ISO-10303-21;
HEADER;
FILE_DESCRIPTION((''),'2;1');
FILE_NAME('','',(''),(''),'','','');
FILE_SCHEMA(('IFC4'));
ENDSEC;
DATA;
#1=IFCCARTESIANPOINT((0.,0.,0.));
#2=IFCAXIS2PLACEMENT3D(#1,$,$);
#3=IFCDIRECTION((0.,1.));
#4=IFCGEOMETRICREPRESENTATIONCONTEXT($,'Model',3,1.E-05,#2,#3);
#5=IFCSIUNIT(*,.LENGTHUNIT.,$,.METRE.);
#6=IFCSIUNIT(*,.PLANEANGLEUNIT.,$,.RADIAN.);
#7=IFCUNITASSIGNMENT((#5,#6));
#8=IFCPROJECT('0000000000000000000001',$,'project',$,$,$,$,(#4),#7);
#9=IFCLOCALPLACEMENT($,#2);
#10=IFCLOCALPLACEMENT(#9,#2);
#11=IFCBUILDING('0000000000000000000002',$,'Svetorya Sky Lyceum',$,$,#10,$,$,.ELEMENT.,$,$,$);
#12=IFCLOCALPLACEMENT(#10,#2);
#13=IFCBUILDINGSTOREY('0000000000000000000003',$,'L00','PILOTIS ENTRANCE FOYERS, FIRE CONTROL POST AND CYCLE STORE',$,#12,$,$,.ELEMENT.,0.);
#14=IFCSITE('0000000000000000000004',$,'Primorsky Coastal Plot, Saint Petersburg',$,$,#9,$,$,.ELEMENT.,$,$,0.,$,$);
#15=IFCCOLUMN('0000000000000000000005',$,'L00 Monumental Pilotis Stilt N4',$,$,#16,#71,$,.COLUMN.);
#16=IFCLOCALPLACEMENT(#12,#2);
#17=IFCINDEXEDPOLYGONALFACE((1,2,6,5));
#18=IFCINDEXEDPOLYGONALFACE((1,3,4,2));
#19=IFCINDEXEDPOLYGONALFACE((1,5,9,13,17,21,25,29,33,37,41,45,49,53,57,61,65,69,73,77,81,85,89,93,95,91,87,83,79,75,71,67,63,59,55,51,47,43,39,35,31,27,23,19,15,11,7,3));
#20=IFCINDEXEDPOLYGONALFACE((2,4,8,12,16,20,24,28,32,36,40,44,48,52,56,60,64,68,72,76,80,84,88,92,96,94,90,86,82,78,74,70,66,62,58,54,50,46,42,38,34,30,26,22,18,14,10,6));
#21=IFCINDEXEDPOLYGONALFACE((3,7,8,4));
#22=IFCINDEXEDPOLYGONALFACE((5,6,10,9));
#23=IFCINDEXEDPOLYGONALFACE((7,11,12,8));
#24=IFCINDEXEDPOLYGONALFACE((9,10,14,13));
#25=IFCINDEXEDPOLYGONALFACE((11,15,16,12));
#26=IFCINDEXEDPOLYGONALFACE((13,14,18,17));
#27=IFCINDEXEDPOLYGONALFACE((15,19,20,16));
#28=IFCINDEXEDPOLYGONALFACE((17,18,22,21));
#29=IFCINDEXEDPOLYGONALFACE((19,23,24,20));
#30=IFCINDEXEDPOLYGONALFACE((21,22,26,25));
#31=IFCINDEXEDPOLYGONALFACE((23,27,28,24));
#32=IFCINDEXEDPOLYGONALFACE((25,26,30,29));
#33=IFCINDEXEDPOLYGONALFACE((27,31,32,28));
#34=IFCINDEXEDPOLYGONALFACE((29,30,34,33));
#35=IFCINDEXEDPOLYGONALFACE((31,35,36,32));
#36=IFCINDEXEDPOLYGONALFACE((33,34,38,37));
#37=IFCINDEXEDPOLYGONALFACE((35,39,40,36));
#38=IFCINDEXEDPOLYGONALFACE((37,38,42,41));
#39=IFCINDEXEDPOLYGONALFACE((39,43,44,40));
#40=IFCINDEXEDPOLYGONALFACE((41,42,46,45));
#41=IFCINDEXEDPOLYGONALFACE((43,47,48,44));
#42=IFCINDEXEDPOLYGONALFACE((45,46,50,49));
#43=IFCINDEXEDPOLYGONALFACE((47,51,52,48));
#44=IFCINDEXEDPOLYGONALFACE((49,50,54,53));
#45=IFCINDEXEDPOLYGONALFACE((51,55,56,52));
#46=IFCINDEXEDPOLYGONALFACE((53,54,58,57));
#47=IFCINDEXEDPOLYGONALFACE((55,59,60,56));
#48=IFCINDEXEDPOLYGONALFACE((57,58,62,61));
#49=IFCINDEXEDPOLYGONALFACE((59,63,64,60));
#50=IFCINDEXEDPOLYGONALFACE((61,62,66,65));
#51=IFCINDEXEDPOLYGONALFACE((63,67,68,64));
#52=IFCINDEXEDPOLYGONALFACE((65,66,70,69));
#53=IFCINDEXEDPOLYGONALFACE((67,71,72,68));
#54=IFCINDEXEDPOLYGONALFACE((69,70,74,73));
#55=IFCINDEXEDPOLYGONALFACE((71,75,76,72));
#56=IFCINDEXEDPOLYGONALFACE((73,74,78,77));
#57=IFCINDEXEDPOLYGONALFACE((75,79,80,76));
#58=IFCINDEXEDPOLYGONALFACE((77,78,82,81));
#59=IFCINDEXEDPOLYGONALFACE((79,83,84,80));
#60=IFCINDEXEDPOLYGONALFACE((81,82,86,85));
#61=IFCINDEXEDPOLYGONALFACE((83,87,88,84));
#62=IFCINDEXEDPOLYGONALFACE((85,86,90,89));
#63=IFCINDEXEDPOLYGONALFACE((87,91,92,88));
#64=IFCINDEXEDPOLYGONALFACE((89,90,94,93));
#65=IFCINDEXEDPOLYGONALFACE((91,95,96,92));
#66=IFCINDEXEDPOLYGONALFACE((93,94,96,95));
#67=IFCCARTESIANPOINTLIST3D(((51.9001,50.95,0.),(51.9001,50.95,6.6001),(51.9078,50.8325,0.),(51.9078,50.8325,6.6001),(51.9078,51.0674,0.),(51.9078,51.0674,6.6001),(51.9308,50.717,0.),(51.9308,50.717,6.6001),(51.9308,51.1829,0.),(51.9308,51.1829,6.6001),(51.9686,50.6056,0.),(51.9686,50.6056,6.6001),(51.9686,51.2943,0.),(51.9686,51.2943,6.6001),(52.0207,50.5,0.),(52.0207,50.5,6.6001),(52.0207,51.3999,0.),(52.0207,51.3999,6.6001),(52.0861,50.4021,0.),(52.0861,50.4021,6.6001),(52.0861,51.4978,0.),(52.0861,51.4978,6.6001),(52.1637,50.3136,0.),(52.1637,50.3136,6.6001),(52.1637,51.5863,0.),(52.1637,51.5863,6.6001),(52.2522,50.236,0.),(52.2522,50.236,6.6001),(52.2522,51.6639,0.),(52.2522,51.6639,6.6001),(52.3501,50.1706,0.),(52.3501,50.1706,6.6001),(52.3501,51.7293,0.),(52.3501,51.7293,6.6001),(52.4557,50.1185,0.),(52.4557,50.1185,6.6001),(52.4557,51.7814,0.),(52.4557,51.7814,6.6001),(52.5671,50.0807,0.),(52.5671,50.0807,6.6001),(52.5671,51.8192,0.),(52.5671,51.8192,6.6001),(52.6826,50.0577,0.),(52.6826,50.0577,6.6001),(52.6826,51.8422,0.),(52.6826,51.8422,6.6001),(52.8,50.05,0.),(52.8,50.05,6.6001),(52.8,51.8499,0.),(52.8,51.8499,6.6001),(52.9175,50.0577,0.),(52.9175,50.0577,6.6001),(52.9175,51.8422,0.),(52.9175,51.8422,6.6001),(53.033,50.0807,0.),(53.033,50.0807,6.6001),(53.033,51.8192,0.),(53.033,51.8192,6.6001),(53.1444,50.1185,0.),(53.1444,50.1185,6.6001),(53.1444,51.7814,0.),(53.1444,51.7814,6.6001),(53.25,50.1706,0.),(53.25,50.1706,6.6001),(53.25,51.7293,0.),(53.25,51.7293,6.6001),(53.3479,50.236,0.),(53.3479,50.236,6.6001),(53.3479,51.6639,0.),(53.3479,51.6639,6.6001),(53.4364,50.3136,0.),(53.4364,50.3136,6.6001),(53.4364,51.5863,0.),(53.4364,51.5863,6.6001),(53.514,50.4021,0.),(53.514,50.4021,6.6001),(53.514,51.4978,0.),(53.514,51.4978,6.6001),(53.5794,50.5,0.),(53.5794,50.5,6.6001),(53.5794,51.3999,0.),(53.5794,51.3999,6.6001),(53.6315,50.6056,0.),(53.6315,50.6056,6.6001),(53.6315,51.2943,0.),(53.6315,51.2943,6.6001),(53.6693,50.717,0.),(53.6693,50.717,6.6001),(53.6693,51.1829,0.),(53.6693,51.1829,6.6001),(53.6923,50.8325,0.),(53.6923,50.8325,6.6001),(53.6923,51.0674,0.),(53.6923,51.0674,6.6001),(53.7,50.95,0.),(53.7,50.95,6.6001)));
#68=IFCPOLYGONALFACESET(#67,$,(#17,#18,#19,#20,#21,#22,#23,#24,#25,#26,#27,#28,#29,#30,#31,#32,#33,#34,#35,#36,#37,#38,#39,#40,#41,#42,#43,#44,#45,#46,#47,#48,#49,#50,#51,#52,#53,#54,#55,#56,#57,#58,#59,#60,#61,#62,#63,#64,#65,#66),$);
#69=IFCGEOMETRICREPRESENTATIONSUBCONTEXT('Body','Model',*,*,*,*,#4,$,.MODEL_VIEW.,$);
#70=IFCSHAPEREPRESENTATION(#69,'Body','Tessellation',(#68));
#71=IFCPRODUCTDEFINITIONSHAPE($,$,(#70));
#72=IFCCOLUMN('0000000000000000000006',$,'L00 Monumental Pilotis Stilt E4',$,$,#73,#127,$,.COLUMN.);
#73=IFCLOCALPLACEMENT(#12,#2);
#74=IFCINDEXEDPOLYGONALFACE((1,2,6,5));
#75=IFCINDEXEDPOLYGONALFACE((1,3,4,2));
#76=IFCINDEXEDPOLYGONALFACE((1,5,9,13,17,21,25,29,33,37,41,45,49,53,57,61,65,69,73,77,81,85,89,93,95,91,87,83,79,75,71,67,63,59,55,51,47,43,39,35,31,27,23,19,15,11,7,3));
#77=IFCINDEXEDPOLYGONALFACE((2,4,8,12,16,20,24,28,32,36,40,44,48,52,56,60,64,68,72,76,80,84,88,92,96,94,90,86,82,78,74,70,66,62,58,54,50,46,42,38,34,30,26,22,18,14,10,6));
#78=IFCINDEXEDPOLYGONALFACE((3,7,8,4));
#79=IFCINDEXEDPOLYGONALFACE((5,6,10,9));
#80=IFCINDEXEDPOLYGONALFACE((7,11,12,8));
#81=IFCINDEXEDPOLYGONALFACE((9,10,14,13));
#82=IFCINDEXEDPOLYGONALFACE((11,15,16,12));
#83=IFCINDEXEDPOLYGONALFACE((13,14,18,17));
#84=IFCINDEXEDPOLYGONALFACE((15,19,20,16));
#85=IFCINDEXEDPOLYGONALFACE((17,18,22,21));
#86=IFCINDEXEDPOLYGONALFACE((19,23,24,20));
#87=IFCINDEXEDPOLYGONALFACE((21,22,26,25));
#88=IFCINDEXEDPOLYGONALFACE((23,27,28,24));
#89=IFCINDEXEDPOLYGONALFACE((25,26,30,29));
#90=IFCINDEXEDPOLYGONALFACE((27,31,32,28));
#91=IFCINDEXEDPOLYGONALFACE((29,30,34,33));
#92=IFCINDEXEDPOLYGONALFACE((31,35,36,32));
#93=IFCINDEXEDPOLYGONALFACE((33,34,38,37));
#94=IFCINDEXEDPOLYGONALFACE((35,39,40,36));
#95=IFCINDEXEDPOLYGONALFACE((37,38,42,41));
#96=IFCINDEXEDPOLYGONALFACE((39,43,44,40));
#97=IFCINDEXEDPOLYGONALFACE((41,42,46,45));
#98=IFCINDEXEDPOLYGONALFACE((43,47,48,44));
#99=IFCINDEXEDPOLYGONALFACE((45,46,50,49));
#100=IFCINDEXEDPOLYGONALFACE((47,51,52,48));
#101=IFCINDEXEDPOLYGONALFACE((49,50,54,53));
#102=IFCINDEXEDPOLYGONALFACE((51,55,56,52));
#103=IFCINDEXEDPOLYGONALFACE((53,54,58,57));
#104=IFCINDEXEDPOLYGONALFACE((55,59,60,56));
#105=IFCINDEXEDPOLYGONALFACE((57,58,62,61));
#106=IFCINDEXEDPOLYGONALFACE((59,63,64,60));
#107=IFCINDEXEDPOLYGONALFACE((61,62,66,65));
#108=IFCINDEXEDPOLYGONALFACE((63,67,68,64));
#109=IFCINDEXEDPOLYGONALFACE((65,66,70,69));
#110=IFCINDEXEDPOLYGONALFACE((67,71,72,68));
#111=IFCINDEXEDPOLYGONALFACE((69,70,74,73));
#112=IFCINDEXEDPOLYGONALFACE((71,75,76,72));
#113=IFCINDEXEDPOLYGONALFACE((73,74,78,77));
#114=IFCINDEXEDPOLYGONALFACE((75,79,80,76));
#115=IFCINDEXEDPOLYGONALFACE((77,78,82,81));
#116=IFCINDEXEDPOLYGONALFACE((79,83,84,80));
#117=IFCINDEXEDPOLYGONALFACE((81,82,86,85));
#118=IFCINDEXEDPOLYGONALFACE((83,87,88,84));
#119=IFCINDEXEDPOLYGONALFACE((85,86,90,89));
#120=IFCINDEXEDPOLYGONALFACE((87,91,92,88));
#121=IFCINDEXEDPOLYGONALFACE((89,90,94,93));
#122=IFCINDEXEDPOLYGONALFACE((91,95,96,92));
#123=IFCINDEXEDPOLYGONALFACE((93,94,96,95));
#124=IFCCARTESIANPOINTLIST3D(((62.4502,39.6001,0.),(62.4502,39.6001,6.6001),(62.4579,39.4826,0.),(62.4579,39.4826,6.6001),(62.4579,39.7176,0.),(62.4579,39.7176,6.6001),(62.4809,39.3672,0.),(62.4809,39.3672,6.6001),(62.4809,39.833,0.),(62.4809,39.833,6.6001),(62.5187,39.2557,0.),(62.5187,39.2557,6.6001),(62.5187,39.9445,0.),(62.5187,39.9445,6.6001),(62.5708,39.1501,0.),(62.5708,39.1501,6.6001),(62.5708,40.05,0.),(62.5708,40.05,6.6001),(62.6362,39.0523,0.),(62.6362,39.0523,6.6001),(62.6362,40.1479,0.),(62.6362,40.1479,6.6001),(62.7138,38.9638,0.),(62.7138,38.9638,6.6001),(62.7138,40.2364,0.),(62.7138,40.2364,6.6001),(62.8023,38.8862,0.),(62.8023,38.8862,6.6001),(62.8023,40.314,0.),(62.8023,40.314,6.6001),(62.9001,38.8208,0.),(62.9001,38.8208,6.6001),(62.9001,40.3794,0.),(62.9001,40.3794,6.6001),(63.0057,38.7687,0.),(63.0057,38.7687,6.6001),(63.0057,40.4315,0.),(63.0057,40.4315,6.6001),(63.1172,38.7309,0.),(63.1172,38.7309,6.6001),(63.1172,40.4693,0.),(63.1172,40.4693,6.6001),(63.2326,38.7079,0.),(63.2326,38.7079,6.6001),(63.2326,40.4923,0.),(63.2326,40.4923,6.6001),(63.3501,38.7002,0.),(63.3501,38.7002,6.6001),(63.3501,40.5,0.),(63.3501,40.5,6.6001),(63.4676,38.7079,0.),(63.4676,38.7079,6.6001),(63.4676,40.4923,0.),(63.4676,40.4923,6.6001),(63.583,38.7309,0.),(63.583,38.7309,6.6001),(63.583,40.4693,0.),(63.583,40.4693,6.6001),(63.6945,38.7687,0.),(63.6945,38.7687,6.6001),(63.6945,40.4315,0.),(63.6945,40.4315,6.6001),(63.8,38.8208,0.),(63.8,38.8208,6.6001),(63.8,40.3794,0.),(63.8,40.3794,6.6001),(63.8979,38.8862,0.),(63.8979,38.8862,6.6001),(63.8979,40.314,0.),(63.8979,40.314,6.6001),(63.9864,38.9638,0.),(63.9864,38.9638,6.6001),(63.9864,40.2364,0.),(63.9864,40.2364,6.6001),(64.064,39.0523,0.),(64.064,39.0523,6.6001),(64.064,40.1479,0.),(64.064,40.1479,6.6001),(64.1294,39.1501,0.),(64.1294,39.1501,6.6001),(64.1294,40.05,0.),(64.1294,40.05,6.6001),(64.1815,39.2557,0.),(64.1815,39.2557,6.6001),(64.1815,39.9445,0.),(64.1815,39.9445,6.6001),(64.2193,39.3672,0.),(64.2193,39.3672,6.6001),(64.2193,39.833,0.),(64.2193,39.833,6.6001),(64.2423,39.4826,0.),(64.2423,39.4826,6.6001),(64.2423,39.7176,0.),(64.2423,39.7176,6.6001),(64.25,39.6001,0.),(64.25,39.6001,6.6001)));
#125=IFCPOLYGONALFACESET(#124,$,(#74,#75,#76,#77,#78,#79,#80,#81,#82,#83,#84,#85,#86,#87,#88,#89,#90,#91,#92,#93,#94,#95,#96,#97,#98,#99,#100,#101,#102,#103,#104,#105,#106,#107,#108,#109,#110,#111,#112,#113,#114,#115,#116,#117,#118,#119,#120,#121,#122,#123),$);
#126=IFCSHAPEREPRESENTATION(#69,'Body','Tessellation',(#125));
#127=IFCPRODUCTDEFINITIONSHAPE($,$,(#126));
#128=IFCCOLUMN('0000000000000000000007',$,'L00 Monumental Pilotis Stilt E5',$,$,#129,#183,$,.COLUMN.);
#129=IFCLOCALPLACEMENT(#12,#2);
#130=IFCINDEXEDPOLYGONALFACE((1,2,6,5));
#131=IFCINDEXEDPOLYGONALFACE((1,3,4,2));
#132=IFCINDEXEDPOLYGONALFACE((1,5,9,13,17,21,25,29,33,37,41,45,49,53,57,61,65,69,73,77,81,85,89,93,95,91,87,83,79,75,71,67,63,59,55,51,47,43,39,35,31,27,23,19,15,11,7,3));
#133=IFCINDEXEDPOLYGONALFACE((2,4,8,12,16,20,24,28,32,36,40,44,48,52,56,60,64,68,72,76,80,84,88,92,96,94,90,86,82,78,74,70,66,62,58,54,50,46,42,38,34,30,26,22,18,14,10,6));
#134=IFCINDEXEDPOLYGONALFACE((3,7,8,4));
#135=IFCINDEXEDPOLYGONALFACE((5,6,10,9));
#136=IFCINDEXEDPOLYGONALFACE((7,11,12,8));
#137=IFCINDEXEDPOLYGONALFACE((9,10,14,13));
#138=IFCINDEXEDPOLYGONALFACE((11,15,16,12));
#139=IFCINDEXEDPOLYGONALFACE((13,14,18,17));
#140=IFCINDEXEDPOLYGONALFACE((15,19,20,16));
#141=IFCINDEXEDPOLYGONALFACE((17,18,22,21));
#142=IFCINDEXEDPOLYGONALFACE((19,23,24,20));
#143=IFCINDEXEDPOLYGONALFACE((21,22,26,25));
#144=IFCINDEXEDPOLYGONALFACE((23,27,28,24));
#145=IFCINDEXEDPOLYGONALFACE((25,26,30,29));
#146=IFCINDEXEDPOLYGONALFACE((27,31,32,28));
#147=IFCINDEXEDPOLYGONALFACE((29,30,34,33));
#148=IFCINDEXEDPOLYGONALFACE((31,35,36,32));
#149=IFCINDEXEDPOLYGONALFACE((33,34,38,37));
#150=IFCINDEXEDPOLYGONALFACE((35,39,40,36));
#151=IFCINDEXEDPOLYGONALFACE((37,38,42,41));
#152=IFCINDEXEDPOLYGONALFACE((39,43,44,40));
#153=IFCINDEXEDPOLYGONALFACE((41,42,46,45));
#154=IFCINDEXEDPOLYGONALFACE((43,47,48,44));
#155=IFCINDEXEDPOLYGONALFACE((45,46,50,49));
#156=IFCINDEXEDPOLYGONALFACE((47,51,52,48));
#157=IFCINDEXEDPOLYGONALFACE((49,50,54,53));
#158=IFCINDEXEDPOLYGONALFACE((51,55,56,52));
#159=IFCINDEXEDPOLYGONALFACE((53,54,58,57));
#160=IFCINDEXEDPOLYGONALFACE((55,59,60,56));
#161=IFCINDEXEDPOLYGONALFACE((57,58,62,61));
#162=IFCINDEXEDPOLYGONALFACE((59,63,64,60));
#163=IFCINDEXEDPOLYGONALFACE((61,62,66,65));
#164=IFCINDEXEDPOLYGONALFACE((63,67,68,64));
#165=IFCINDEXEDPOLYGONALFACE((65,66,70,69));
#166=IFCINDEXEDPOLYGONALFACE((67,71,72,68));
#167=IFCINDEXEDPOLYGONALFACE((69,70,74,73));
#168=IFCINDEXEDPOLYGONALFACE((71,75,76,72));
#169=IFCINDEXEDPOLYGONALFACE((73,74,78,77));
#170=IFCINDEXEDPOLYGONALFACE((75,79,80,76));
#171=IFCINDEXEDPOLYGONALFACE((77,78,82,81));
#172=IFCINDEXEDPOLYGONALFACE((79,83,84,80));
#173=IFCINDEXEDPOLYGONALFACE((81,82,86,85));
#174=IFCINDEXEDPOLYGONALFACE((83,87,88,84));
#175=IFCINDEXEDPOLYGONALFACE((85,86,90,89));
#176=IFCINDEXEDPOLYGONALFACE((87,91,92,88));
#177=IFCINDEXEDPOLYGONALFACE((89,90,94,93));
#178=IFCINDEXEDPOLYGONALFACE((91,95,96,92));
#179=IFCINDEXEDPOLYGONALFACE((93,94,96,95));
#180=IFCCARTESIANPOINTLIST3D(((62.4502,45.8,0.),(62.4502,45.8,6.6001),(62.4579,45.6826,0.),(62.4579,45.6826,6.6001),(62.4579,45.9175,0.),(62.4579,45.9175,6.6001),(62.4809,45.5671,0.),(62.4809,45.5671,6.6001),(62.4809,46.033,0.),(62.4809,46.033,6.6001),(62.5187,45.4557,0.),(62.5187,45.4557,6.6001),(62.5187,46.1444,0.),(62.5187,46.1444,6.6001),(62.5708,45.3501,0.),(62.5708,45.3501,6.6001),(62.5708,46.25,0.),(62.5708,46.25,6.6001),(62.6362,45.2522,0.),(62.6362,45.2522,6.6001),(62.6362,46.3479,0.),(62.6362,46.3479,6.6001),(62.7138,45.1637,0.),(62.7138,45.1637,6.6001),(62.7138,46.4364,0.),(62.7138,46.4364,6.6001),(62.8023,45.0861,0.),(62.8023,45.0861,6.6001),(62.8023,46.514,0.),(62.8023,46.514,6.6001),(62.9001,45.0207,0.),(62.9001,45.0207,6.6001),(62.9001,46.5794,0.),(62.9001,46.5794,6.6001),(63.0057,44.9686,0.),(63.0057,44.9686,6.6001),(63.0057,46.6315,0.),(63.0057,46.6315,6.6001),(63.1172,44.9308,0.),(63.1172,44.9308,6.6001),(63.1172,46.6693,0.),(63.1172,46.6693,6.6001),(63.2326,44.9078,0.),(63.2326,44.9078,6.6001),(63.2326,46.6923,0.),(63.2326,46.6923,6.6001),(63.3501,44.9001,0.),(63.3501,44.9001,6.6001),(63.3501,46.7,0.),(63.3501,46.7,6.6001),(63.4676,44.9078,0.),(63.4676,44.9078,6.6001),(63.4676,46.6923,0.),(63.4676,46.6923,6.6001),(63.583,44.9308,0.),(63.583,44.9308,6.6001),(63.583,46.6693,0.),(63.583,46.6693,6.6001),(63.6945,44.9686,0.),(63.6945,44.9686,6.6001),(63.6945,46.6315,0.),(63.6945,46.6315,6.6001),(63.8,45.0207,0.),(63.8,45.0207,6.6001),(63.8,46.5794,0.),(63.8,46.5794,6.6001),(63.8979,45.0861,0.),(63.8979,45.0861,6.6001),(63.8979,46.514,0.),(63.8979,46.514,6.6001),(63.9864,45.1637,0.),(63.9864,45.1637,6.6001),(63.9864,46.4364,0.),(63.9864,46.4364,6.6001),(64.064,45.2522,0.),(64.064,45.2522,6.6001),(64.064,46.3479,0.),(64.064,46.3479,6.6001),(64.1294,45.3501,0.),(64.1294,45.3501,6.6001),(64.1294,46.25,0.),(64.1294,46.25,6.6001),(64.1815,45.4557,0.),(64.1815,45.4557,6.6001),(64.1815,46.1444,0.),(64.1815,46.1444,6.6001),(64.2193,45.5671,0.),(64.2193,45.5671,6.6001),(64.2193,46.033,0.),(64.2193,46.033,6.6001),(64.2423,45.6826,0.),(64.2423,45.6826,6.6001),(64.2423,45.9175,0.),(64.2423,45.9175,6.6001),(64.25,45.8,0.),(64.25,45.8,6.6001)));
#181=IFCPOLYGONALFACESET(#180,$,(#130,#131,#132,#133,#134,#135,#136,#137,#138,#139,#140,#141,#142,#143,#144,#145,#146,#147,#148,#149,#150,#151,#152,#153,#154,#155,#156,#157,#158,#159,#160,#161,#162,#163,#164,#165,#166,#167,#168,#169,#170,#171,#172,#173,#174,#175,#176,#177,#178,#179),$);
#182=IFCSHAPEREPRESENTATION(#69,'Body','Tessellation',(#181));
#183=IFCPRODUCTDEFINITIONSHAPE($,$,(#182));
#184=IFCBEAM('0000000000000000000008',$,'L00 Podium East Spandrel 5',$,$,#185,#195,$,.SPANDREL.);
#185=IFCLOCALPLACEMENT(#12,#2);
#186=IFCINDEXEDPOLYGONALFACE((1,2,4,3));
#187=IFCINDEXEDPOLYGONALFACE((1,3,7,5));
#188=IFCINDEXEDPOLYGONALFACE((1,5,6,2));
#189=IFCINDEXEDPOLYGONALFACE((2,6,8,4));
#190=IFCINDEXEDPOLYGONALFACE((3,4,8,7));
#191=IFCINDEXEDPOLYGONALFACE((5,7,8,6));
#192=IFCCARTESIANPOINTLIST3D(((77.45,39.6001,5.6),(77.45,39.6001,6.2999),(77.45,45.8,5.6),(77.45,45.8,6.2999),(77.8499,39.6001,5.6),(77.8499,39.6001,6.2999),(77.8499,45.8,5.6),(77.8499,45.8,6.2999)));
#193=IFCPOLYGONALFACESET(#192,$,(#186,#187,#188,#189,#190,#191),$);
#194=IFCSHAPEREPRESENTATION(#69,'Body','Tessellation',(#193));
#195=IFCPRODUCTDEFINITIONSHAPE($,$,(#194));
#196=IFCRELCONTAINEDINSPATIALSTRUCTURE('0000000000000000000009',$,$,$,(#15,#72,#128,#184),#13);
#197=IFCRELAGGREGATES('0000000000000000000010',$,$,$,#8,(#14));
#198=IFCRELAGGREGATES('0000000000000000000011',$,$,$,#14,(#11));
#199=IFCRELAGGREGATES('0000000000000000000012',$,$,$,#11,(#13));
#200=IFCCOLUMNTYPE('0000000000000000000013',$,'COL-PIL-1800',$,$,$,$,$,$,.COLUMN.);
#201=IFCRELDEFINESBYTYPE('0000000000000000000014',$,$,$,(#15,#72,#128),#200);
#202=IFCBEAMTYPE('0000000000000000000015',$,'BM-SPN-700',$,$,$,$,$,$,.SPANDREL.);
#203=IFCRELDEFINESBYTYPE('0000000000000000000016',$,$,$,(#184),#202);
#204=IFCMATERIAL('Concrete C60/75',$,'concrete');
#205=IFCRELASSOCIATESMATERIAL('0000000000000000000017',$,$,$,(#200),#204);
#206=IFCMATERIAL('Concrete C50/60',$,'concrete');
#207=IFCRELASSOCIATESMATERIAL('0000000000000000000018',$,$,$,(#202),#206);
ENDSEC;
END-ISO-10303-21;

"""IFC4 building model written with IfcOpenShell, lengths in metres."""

from ifc_helpers import new_model, si_unit, direction, frame, origin, origin_2d, place, context, subcontext, project, spatial, rectangle, circle, extrude, material, material_profile, profile_set, type_object, element, save


model = new_model("IFC4")

# Units and contexts
model_context = context("Model", 3, precision=1e-05, world=origin(), true_north=direction((0.0, 1.0)))
body_context = subcontext(model_context, "Body", "Model", "MODEL_VIEW")
ifc_project = project(units=[si_unit("LENGTHUNIT", "METRE"), si_unit("PLANEANGLEUNIT", "RADIAN")], contexts=[model_context])

# Site, building, storey
site_placement = place(None, origin())
site = spatial("IfcSite", under=ifc_project, at=site_placement, Name="Primorsky Coastal Plot, Saint Petersburg", CompositionType="ELEMENT", RefElevation=0.0)
building_placement = place(site_placement, origin())
building = spatial("IfcBuilding", under=site, at=building_placement, Name="Svetorya Sky Lyceum", CompositionType="ELEMENT")
storey_placement = place(building_placement, origin())
storey = spatial("IfcBuildingStorey", under=building, at=storey_placement, Name="L00", Description="PILOTIS ENTRANCE FOYERS, FIRE CONTROL POST AND CYCLE STORE", CompositionType="ELEMENT", Elevation=0.0)

# Columns
ifc_material_1 = material(Name="Concrete C60/75", Category="concrete")
ifc_material_profile_1 = material_profile(ifc_material_1, circle(Radius=0.8999, at=origin_2d()), Name="RC PILOTI D1800")
ifc_profile_set_1 = profile_set([ifc_material_profile_1], Name="Concrete C60/75")
column_type_1 = type_object("IfcColumnType", Name="COL-PIL-1800", PredefinedType="COLUMN", material=ifc_profile_set_1)
for number, where, z_axis, x_axis, name in (
    (1, (52.8, 50.95, 0.0), (0.0, 0.0, 1.0), (1.0, 0.0, 0.0), "L00 Monumental Pilotis Stilt N4"),
    (2, (63.3501, 39.6001, 0.0), (0.0, 0.0, 1.0), (1.0, 0.0, 0.0), "L00 Monumental Pilotis Stilt E4"),
    (3, (63.3501, 45.8, 0.0), (0.0, 0.0, 1.0), (1.0, 0.0, 0.0), "L00 Monumental Pilotis Stilt E5"),
):
    element("IfcColumn", number, at=place(storey_placement, frame(where, z_axis=z_axis, x_axis=x_axis)), inside=storey, type_object=column_type_1, Name=name, PredefinedType="COLUMN", context=body_context, shape_type="SweptSolid", body=[
        extrude(circle(Radius=0.8999, at=origin_2d()), origin(), (0.0, 0.0, 1.0), 6.6001),
    ])

# Beam
ifc_material_2 = material(Name="Concrete C50/60", Category="concrete")
ifc_material_profile_2 = material_profile(ifc_material_2, rectangle(XDim=0.3999, YDim=0.7, at=origin_2d()), Name="RC SPANDREL 400x700")
ifc_profile_set_2 = profile_set([ifc_material_profile_2], Name="Concrete C50/60")
beam_type_1 = type_object("IfcBeamType", Name="BM-SPN-700", PredefinedType="SPANDREL", material=ifc_profile_set_2)
beam_placement = place(storey_placement, frame((77.6499, 39.6001, 5.95), z_axis=(0.0, 1.0, 0.0), x_axis=(-1.0, 0.0, 0.0)))
element("IfcBeam", 4, at=beam_placement, inside=storey, type_object=beam_type_1, Name="L00 Podium East Spandrel 5", PredefinedType="SPANDREL", context=body_context, shape_type="SweptSolid", body=[
    extrude(rectangle(XDim=0.3999, YDim=0.7, at=origin_2d()), origin(), (0.0, 0.0, 1.0), 6.2),
])

save(model, "model.ifc")
